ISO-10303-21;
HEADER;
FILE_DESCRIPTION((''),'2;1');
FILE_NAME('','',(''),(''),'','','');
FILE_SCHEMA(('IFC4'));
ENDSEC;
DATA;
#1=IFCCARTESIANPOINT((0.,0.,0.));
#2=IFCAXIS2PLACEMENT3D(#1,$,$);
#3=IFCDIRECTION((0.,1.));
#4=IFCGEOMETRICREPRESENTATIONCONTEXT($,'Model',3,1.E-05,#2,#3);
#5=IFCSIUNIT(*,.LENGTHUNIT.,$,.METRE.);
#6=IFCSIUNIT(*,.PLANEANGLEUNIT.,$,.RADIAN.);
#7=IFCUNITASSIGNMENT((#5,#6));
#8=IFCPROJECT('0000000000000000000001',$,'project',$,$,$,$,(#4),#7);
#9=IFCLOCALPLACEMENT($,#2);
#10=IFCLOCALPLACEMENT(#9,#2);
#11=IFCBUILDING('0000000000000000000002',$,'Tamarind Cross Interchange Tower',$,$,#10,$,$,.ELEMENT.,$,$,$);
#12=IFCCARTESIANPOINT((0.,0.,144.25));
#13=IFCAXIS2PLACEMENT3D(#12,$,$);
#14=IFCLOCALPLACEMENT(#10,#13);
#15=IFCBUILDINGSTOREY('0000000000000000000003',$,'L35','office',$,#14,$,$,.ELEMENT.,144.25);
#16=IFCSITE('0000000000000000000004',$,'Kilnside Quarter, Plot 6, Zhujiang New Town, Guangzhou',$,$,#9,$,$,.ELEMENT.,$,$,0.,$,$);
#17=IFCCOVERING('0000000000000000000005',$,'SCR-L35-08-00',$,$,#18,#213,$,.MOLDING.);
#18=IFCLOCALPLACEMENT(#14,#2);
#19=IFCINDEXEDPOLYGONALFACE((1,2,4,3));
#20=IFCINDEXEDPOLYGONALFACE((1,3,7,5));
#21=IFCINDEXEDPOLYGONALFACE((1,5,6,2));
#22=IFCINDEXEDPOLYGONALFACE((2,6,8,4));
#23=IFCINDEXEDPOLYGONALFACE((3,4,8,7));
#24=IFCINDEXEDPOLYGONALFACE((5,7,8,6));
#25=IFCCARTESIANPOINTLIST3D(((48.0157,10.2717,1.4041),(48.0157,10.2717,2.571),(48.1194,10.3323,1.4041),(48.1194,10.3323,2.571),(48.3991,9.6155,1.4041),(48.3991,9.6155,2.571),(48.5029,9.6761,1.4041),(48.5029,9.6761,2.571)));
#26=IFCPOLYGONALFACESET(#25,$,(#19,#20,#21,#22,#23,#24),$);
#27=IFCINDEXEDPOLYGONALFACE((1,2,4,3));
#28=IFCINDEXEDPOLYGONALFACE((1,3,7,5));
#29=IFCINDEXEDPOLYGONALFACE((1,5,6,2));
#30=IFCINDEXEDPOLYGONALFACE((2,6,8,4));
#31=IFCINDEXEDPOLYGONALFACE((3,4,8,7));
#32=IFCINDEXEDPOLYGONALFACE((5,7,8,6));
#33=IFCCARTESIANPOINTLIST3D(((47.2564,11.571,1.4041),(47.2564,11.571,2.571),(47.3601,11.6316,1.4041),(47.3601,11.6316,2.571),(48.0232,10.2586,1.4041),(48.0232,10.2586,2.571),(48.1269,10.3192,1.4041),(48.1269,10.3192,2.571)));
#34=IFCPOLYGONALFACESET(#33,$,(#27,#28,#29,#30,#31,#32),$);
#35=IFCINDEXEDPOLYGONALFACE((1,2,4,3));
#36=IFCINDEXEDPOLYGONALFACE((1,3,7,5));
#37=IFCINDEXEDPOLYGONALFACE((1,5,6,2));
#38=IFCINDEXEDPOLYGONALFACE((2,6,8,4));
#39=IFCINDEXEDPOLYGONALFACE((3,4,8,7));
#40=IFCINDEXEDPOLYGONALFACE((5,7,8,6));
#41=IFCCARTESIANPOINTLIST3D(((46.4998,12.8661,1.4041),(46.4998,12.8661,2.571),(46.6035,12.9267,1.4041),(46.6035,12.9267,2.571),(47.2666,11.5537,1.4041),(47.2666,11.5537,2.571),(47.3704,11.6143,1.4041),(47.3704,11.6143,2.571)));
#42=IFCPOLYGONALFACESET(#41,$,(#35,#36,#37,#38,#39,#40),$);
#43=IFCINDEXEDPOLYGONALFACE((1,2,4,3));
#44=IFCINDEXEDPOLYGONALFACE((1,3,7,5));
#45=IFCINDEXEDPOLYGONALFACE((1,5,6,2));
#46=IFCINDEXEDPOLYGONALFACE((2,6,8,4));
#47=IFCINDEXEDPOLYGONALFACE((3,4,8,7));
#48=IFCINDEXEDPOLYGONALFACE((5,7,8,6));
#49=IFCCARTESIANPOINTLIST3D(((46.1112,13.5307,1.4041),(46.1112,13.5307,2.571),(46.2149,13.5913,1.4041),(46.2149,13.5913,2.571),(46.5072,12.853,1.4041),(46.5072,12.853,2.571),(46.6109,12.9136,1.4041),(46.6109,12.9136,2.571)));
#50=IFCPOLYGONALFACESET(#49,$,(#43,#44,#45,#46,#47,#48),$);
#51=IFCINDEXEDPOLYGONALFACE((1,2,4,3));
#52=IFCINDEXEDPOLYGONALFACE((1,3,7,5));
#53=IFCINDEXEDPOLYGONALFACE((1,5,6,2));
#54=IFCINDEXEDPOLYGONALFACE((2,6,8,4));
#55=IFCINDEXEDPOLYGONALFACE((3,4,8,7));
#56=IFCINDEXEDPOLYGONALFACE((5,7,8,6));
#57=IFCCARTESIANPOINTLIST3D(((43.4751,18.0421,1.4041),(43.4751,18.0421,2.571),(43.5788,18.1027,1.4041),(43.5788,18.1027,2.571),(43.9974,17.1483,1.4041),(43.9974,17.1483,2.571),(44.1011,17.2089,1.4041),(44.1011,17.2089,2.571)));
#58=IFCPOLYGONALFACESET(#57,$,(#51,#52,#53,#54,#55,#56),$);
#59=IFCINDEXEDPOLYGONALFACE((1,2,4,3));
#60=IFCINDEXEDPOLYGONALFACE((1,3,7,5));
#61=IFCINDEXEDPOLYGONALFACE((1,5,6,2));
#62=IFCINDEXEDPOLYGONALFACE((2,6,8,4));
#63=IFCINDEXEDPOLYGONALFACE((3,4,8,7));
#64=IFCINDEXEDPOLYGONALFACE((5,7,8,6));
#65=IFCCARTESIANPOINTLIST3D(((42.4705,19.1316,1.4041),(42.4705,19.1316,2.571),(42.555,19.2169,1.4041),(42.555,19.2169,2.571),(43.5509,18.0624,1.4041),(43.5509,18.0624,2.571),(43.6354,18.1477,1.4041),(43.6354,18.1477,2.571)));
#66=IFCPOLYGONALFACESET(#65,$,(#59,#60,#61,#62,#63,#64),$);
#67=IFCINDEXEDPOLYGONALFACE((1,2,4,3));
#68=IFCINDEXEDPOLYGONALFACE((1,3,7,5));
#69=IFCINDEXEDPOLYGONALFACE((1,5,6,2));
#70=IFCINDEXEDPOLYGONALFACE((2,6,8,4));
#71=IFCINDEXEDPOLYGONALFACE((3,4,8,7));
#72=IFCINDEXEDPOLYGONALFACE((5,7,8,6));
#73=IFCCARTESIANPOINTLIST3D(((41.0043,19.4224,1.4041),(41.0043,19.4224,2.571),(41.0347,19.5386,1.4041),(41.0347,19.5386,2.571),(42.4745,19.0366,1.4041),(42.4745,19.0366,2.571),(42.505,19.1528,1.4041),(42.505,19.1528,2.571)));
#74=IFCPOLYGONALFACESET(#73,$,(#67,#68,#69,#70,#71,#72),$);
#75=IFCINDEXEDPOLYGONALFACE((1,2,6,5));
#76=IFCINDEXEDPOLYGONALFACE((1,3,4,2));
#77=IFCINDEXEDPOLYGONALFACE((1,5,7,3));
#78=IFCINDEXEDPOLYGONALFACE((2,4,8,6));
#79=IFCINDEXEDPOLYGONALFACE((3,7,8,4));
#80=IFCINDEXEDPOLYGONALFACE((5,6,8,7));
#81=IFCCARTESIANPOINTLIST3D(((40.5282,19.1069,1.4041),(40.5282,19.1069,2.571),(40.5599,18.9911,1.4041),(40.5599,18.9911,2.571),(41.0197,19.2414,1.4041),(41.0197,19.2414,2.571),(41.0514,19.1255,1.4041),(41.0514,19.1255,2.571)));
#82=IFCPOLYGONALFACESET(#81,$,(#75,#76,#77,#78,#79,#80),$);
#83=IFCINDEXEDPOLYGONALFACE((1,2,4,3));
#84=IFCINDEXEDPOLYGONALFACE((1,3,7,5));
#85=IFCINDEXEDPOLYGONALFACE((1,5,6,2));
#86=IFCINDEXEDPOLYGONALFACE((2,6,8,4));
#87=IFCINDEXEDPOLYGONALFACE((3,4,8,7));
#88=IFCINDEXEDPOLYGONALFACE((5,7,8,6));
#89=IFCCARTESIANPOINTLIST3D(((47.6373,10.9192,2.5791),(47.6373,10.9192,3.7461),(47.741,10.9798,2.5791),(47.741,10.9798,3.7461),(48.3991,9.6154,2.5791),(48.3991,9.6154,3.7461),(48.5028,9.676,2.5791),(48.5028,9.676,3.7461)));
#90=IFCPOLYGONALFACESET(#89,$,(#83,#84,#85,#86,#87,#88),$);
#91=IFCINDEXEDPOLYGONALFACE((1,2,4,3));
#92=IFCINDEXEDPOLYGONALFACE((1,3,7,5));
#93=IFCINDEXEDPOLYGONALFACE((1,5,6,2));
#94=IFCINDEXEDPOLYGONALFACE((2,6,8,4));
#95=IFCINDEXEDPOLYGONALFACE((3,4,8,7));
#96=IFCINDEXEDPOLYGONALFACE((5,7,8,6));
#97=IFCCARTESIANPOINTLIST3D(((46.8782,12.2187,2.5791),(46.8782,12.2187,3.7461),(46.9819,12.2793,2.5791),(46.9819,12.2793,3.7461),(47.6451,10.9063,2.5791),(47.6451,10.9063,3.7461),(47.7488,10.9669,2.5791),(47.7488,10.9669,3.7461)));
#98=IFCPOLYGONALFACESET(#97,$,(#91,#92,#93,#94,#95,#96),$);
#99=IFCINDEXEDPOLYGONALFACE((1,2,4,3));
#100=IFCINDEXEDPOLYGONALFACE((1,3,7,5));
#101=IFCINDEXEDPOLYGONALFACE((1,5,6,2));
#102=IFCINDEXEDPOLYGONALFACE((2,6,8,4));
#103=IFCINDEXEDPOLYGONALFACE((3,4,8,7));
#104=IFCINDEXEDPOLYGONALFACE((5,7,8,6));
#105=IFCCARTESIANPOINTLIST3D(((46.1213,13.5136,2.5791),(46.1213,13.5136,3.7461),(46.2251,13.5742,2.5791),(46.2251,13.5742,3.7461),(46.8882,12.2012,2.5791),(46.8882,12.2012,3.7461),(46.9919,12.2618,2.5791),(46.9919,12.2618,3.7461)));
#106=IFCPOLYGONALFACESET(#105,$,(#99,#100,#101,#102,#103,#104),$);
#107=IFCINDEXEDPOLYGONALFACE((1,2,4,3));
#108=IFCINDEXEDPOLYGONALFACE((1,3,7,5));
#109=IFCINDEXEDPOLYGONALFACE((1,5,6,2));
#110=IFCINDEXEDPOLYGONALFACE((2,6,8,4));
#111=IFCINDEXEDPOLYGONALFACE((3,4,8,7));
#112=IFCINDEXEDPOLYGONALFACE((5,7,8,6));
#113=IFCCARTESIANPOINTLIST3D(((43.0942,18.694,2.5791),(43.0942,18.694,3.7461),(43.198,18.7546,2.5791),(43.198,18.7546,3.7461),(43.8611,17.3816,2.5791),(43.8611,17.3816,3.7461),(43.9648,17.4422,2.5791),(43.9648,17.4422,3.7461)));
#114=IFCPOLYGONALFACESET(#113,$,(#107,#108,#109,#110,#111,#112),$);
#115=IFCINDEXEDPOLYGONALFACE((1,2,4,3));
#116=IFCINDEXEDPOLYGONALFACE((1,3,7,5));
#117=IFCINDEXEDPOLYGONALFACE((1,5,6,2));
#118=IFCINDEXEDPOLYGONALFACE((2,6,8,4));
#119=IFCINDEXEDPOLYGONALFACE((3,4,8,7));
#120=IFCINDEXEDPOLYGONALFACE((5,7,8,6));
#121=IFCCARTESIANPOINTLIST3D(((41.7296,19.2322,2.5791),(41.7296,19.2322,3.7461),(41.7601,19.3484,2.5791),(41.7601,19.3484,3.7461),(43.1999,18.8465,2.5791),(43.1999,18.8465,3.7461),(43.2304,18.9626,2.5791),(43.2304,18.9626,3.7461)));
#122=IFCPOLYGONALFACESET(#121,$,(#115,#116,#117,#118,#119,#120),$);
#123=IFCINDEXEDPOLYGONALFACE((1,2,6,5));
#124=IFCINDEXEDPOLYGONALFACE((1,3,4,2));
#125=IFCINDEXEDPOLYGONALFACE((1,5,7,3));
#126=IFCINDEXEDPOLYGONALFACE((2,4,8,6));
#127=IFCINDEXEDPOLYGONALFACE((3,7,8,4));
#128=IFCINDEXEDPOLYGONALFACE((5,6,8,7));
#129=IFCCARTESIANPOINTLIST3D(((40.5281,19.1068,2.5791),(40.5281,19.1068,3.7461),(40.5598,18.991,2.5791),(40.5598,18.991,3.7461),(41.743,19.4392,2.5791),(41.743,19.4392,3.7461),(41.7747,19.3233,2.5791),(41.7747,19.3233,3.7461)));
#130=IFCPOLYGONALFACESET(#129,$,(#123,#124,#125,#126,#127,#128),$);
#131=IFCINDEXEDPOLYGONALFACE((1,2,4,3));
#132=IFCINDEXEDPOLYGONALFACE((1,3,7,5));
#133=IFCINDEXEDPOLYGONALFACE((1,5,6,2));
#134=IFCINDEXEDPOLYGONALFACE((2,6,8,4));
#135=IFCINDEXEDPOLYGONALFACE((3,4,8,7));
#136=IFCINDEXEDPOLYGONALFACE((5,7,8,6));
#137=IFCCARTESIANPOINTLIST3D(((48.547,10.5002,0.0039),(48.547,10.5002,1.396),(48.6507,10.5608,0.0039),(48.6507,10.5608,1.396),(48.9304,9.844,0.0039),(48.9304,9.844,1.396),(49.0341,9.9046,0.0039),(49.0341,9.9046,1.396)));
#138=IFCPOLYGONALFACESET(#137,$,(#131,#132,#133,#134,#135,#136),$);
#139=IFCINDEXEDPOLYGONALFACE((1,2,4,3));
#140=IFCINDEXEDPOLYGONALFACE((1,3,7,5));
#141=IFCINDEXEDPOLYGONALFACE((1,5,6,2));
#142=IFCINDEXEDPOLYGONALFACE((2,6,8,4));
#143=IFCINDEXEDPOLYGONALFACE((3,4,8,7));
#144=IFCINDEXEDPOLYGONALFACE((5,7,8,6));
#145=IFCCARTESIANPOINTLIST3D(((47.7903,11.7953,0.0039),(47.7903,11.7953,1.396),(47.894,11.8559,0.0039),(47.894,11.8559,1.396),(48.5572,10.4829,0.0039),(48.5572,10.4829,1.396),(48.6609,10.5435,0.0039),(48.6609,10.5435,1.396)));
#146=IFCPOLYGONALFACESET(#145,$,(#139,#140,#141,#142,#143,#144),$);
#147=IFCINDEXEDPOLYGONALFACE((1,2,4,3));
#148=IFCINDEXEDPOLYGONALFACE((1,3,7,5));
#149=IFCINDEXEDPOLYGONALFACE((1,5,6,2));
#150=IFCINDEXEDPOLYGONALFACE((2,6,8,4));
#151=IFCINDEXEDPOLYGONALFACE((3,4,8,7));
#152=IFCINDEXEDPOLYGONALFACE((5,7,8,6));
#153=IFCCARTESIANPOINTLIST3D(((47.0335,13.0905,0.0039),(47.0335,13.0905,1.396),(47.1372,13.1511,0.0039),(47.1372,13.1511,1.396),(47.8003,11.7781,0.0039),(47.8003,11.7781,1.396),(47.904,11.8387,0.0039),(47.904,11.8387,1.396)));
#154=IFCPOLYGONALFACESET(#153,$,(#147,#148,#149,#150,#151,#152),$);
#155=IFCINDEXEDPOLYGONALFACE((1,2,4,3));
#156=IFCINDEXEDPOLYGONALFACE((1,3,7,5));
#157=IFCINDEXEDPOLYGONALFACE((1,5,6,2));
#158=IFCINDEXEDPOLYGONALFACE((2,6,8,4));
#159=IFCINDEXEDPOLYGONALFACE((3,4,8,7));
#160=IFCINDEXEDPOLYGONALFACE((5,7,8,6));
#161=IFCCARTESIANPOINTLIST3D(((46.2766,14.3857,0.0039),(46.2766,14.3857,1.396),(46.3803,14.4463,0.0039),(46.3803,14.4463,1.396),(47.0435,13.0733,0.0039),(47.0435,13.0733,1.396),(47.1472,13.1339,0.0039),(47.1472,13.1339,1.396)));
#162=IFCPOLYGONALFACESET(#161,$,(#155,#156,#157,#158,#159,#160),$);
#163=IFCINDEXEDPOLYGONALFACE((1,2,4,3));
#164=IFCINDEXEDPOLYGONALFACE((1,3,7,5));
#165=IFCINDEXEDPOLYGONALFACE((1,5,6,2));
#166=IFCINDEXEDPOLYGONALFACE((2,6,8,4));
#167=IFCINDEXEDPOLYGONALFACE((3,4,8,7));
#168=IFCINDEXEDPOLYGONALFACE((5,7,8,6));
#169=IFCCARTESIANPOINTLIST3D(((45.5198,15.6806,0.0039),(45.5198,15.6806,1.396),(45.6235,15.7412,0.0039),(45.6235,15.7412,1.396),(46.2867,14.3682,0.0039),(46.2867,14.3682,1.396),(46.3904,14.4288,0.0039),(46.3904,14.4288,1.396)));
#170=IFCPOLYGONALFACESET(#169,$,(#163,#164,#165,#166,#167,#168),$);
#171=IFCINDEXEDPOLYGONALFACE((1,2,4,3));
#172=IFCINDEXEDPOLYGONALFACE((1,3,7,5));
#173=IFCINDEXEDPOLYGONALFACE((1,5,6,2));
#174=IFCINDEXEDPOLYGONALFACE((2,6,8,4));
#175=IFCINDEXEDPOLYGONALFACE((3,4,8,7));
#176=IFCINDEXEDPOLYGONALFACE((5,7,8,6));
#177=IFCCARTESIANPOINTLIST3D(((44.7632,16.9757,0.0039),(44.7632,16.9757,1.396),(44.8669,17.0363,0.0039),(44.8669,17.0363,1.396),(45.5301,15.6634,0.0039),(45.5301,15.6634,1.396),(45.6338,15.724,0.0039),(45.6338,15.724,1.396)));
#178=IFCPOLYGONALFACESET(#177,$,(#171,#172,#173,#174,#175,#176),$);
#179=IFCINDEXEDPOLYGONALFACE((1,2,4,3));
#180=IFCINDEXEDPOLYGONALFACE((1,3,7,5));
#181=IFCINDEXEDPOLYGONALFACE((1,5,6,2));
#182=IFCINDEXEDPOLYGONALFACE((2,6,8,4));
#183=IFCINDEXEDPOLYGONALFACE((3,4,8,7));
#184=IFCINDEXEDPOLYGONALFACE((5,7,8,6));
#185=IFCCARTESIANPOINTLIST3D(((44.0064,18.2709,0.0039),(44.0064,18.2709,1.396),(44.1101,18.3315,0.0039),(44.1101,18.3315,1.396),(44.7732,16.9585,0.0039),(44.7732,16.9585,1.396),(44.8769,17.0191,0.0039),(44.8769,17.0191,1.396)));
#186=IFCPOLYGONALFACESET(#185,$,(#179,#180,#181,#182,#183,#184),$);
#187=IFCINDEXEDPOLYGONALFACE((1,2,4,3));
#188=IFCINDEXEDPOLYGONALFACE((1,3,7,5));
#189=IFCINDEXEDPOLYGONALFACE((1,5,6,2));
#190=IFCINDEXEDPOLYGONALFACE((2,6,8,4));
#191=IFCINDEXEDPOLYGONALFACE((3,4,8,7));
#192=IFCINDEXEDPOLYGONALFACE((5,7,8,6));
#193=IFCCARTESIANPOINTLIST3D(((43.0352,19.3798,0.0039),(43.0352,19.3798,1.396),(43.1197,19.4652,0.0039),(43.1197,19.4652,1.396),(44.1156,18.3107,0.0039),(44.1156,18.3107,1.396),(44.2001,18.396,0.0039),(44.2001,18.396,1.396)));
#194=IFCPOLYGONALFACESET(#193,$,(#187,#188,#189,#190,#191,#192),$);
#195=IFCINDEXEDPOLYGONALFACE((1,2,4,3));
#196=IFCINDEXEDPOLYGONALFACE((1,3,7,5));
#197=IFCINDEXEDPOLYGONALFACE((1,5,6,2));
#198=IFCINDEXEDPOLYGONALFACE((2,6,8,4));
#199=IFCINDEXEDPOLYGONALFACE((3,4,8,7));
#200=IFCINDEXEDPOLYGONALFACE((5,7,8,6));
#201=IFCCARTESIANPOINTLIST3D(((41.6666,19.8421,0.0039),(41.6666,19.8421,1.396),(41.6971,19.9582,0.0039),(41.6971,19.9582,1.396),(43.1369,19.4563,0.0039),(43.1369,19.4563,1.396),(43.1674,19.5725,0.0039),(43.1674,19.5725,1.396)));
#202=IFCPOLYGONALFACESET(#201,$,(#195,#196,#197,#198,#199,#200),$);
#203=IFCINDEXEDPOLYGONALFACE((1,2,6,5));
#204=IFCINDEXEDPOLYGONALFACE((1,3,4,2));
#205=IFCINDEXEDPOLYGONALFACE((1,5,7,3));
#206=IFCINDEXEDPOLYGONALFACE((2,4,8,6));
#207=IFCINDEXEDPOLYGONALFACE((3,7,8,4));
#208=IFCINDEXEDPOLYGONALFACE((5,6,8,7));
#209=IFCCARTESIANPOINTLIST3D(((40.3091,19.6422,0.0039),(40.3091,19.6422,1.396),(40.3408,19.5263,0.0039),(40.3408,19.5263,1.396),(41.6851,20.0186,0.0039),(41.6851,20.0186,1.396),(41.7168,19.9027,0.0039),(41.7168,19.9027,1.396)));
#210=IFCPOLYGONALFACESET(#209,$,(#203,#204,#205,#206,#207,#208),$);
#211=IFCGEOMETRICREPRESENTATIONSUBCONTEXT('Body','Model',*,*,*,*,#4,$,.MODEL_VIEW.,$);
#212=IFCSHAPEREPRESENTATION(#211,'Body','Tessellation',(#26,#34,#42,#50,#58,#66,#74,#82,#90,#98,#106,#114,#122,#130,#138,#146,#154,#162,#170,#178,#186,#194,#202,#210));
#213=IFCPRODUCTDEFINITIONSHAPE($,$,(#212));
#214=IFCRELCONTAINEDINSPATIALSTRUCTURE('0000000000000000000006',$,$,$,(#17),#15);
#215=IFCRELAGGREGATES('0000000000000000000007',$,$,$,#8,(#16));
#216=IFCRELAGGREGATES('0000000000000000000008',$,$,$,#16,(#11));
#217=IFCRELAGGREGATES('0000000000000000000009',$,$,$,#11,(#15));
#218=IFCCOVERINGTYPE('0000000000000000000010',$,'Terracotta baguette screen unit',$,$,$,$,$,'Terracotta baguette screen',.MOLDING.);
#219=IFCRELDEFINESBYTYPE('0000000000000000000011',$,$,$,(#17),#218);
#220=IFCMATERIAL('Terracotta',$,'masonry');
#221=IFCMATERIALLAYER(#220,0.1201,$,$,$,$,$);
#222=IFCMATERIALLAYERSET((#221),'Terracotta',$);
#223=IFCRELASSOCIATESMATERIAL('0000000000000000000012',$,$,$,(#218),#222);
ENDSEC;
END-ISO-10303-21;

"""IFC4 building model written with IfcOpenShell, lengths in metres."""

from ifc_helpers import new_model, si_unit, direction, frame, origin, origin_2d, place, context, subcontext, project, spatial, rectangle, extrude, material, layer, layer_set, type_object, element, save


model = new_model("IFC4")

# Units and contexts
model_context = context("Model", 3, precision=1e-05, world=origin(), true_north=direction((0.0, 1.0)))
body_context = subcontext(model_context, "Body", "Model", "MODEL_VIEW")
ifc_project = project(units=[si_unit("LENGTHUNIT", "METRE"), si_unit("PLANEANGLEUNIT", "RADIAN")], contexts=[model_context])

# Site, building, storey
site_placement = place(None, origin())
site = spatial("IfcSite", under=ifc_project, at=site_placement, Name="Kilnside Quarter, Plot 6, Zhujiang New Town, Guangzhou", CompositionType="ELEMENT", RefElevation=0.0)
building_placement = place(site_placement, origin())
building = spatial("IfcBuilding", under=site, at=building_placement, Name="Tamarind Cross Interchange Tower", CompositionType="ELEMENT")
storey_placement = place(building_placement, frame((0.0, 0.0, 144.25)))
storey = spatial("IfcBuildingStorey", under=building, at=storey_placement, Name="L35", Description="office", CompositionType="ELEMENT", Elevation=144.25)

# Covering
ifc_material_1 = material(Name="Terracotta", Category="masonry")
ifc_layer_1 = layer(ifc_material_1, 0.1201)
ifc_layer_set_1 = layer_set([ifc_layer_1], Name="Terracotta")
covering_type = type_object("IfcCoveringType", Name="Terracotta baguette screen unit", ElementType="Terracotta baguette screen", PredefinedType="MOLDING", material=ifc_layer_set_1)
covering_1_placement = place(storey_placement, origin())
element("IfcCovering", 1, at=covering_1_placement, inside=storey, type_object=covering_type, Name="SCR-L35-08-00", PredefinedType="MOLDING", context=body_context, shape_type="SweptSolid", body=[
    extrude(rectangle(XDim=0.76, YDim=0.1201, at=origin_2d()), frame((48.2593, 9.9739, 1.4041), z_axis=(0.0, 0.0, 1.0), x_axis=(-0.504516, 0.863403, 0.0)), (0.0, 0.0, 1.0), 1.167),
    extrude(rectangle(XDim=1.52, YDim=0.1201, at=origin_2d()), frame((47.6917, 10.9451, 1.4041), z_axis=(0.0, 0.0, 1.0), x_axis=(-0.504516, 0.863403, 0.0)), (0.0, 0.0, 1.0), 1.167),
    extrude(rectangle(XDim=1.52, YDim=0.1201, at=origin_2d()), frame((46.9351, 12.2402, 1.4041), z_axis=(0.0, 0.0, 1.0), x_axis=(-0.504516, 0.863403, 0.0)), (0.0, 0.0, 1.0), 1.167),
    extrude(rectangle(XDim=0.7849, YDim=0.1201, at=origin_2d()), frame((46.3611, 13.2222, 1.4041), z_axis=(0.0, 0.0, 1.0), x_axis=(-0.504516, 0.863403, 0.0)), (0.0, 0.0, 1.0), 1.167),
    extrude(rectangle(XDim=1.0352, YDim=0.1201, at=origin_2d()), frame((43.7881, 17.6255, 1.4041), z_axis=(0.0, 0.0, 1.0), x_axis=(-0.504516, 0.863403, 0.0)), (0.0, 0.0, 1.0), 1.167),
    extrude(rectangle(XDim=1.52, YDim=0.1201, at=origin_2d()), frame((43.053, 18.6396, 1.4041), z_axis=(0.0, 0.0, 1.0), x_axis=(-0.71079, 0.703405, 0.0)), (0.0, 0.0, 1.0), 1.167),
    extrude(rectangle(XDim=1.52, YDim=0.1201, at=origin_2d()), frame((41.7546, 19.2876, 1.4041), z_axis=(0.0, 0.0, 1.0), x_axis=(-0.967264, 0.253771, 0.0)), (0.0, 0.0, 1.0), 1.167),
    extrude(rectangle(XDim=0.5095, YDim=0.1201, at=origin_2d()), frame((40.7898, 19.1162, 1.4041), z_axis=(0.0, 0.0, 1.0), x_axis=(-0.964561, -0.26386, 0.0)), (0.0, 0.0, 1.0), 1.167),
    extrude(rectangle(XDim=1.51, YDim=0.1201, at=origin_2d()), frame((48.0701, 10.2976, 2.5791), z_axis=(0.0, 0.0, 1.0), x_axis=(-0.504516, 0.863403, 0.0)), (0.0, 0.0, 1.0), 1.167),
    extrude(rectangle(XDim=1.52, YDim=0.1201, at=origin_2d()), frame((47.3135, 11.5928, 2.5791), z_axis=(0.0, 0.0, 1.0), x_axis=(-0.504516, 0.863403, 0.0)), (0.0, 0.0, 1.0), 1.167),
    extrude(rectangle(XDim=1.52, YDim=0.1201, at=origin_2d()), frame((46.5566, 12.8877, 2.5791), z_axis=(0.0, 0.0, 1.0), x_axis=(-0.504516, 0.863403, 0.0)), (0.0, 0.0, 1.0), 1.167),
    extrude(rectangle(XDim=1.52, YDim=0.1201, at=origin_2d()), frame((43.5295, 18.0681, 2.5791), z_axis=(0.0, 0.0, 1.0), x_axis=(-0.504516, 0.863403, 0.0)), (0.0, 0.0, 1.0), 1.167),
    extrude(rectangle(XDim=1.52, YDim=0.1201, at=origin_2d()), frame((42.48, 19.0974, 2.5791), z_axis=(0.0, 0.0, 1.0), x_axis=(-0.967264, 0.253771, 0.0)), (0.0, 0.0, 1.0), 1.167),
    extrude(rectangle(XDim=1.2595, YDim=0.1201, at=origin_2d()), frame((41.1514, 19.2151, 2.5791), z_axis=(0.0, 0.0, 1.0), x_axis=(-0.964561, -0.26386, 0.0)), (0.0, 0.0, 1.0), 1.167),
    extrude(rectangle(XDim=0.76, YDim=0.1201, at=origin_2d()), frame((48.7905, 10.2024, 0.0039), z_axis=(0.0, 0.0, 1.0), x_axis=(-0.504516, 0.863403, 0.0)), (0.0, 0.0, 1.0), 1.3921),
    extrude(rectangle(XDim=1.52, YDim=0.1201, at=origin_2d()), frame((48.2256, 11.1694, 0.0039), z_axis=(0.0, 0.0, 1.0), x_axis=(-0.504516, 0.863403, 0.0)), (0.0, 0.0, 1.0), 1.3921),
    extrude(rectangle(XDim=1.52, YDim=0.1201, at=origin_2d()), frame((47.4688, 12.4646, 0.0039), z_axis=(0.0, 0.0, 1.0), x_axis=(-0.504516, 0.863403, 0.0)), (0.0, 0.0, 1.0), 1.3921),
    extrude(rectangle(XDim=1.52, YDim=0.1201, at=origin_2d()), frame((46.7119, 13.7598, 0.0039), z_axis=(0.0, 0.0, 1.0), x_axis=(-0.504516, 0.863403, 0.0)), (0.0, 0.0, 1.0), 1.3921),
    extrude(rectangle(XDim=1.52, YDim=0.1201, at=origin_2d()), frame((45.9551, 15.0547, 0.0039), z_axis=(0.0, 0.0, 1.0), x_axis=(-0.504516, 0.863403, 0.0)), (0.0, 0.0, 1.0), 1.3921),
    extrude(rectangle(XDim=1.52, YDim=0.1201, at=origin_2d()), frame((45.1985, 16.3499, 0.0039), z_axis=(0.0, 0.0, 1.0), x_axis=(-0.504516, 0.863403, 0.0)), (0.0, 0.0, 1.0), 1.3921),
    extrude(rectangle(XDim=1.52, YDim=0.1201, at=origin_2d()), frame((44.4417, 17.645, 0.0039), z_axis=(0.0, 0.0, 1.0), x_axis=(-0.504516, 0.863403, 0.0)), (0.0, 0.0, 1.0), 1.3921),
    extrude(rectangle(XDim=1.52, YDim=0.1201, at=origin_2d()), frame((43.6177, 18.8879, 0.0039), z_axis=(0.0, 0.0, 1.0), x_axis=(-0.71079, 0.703405, 0.0)), (0.0, 0.0, 1.0), 1.3921),
    extrude(rectangle(XDim=1.52, YDim=0.1201, at=origin_2d()), frame((42.417, 19.7073, 0.0039), z_axis=(0.0, 0.0, 1.0), x_axis=(-0.967264, 0.253771, 0.0)), (0.0, 0.0, 1.0), 1.3921),
    extrude(rectangle(XDim=1.4265, YDim=0.1201, at=origin_2d()), frame((41.0129, 19.7725, 0.0039), z_axis=(0.0, 0.0, 1.0), x_axis=(-0.964561, -0.26386, 0.0)), (0.0, 0.0, 1.0), 1.3921),
])

save(model, "model.ifc")
